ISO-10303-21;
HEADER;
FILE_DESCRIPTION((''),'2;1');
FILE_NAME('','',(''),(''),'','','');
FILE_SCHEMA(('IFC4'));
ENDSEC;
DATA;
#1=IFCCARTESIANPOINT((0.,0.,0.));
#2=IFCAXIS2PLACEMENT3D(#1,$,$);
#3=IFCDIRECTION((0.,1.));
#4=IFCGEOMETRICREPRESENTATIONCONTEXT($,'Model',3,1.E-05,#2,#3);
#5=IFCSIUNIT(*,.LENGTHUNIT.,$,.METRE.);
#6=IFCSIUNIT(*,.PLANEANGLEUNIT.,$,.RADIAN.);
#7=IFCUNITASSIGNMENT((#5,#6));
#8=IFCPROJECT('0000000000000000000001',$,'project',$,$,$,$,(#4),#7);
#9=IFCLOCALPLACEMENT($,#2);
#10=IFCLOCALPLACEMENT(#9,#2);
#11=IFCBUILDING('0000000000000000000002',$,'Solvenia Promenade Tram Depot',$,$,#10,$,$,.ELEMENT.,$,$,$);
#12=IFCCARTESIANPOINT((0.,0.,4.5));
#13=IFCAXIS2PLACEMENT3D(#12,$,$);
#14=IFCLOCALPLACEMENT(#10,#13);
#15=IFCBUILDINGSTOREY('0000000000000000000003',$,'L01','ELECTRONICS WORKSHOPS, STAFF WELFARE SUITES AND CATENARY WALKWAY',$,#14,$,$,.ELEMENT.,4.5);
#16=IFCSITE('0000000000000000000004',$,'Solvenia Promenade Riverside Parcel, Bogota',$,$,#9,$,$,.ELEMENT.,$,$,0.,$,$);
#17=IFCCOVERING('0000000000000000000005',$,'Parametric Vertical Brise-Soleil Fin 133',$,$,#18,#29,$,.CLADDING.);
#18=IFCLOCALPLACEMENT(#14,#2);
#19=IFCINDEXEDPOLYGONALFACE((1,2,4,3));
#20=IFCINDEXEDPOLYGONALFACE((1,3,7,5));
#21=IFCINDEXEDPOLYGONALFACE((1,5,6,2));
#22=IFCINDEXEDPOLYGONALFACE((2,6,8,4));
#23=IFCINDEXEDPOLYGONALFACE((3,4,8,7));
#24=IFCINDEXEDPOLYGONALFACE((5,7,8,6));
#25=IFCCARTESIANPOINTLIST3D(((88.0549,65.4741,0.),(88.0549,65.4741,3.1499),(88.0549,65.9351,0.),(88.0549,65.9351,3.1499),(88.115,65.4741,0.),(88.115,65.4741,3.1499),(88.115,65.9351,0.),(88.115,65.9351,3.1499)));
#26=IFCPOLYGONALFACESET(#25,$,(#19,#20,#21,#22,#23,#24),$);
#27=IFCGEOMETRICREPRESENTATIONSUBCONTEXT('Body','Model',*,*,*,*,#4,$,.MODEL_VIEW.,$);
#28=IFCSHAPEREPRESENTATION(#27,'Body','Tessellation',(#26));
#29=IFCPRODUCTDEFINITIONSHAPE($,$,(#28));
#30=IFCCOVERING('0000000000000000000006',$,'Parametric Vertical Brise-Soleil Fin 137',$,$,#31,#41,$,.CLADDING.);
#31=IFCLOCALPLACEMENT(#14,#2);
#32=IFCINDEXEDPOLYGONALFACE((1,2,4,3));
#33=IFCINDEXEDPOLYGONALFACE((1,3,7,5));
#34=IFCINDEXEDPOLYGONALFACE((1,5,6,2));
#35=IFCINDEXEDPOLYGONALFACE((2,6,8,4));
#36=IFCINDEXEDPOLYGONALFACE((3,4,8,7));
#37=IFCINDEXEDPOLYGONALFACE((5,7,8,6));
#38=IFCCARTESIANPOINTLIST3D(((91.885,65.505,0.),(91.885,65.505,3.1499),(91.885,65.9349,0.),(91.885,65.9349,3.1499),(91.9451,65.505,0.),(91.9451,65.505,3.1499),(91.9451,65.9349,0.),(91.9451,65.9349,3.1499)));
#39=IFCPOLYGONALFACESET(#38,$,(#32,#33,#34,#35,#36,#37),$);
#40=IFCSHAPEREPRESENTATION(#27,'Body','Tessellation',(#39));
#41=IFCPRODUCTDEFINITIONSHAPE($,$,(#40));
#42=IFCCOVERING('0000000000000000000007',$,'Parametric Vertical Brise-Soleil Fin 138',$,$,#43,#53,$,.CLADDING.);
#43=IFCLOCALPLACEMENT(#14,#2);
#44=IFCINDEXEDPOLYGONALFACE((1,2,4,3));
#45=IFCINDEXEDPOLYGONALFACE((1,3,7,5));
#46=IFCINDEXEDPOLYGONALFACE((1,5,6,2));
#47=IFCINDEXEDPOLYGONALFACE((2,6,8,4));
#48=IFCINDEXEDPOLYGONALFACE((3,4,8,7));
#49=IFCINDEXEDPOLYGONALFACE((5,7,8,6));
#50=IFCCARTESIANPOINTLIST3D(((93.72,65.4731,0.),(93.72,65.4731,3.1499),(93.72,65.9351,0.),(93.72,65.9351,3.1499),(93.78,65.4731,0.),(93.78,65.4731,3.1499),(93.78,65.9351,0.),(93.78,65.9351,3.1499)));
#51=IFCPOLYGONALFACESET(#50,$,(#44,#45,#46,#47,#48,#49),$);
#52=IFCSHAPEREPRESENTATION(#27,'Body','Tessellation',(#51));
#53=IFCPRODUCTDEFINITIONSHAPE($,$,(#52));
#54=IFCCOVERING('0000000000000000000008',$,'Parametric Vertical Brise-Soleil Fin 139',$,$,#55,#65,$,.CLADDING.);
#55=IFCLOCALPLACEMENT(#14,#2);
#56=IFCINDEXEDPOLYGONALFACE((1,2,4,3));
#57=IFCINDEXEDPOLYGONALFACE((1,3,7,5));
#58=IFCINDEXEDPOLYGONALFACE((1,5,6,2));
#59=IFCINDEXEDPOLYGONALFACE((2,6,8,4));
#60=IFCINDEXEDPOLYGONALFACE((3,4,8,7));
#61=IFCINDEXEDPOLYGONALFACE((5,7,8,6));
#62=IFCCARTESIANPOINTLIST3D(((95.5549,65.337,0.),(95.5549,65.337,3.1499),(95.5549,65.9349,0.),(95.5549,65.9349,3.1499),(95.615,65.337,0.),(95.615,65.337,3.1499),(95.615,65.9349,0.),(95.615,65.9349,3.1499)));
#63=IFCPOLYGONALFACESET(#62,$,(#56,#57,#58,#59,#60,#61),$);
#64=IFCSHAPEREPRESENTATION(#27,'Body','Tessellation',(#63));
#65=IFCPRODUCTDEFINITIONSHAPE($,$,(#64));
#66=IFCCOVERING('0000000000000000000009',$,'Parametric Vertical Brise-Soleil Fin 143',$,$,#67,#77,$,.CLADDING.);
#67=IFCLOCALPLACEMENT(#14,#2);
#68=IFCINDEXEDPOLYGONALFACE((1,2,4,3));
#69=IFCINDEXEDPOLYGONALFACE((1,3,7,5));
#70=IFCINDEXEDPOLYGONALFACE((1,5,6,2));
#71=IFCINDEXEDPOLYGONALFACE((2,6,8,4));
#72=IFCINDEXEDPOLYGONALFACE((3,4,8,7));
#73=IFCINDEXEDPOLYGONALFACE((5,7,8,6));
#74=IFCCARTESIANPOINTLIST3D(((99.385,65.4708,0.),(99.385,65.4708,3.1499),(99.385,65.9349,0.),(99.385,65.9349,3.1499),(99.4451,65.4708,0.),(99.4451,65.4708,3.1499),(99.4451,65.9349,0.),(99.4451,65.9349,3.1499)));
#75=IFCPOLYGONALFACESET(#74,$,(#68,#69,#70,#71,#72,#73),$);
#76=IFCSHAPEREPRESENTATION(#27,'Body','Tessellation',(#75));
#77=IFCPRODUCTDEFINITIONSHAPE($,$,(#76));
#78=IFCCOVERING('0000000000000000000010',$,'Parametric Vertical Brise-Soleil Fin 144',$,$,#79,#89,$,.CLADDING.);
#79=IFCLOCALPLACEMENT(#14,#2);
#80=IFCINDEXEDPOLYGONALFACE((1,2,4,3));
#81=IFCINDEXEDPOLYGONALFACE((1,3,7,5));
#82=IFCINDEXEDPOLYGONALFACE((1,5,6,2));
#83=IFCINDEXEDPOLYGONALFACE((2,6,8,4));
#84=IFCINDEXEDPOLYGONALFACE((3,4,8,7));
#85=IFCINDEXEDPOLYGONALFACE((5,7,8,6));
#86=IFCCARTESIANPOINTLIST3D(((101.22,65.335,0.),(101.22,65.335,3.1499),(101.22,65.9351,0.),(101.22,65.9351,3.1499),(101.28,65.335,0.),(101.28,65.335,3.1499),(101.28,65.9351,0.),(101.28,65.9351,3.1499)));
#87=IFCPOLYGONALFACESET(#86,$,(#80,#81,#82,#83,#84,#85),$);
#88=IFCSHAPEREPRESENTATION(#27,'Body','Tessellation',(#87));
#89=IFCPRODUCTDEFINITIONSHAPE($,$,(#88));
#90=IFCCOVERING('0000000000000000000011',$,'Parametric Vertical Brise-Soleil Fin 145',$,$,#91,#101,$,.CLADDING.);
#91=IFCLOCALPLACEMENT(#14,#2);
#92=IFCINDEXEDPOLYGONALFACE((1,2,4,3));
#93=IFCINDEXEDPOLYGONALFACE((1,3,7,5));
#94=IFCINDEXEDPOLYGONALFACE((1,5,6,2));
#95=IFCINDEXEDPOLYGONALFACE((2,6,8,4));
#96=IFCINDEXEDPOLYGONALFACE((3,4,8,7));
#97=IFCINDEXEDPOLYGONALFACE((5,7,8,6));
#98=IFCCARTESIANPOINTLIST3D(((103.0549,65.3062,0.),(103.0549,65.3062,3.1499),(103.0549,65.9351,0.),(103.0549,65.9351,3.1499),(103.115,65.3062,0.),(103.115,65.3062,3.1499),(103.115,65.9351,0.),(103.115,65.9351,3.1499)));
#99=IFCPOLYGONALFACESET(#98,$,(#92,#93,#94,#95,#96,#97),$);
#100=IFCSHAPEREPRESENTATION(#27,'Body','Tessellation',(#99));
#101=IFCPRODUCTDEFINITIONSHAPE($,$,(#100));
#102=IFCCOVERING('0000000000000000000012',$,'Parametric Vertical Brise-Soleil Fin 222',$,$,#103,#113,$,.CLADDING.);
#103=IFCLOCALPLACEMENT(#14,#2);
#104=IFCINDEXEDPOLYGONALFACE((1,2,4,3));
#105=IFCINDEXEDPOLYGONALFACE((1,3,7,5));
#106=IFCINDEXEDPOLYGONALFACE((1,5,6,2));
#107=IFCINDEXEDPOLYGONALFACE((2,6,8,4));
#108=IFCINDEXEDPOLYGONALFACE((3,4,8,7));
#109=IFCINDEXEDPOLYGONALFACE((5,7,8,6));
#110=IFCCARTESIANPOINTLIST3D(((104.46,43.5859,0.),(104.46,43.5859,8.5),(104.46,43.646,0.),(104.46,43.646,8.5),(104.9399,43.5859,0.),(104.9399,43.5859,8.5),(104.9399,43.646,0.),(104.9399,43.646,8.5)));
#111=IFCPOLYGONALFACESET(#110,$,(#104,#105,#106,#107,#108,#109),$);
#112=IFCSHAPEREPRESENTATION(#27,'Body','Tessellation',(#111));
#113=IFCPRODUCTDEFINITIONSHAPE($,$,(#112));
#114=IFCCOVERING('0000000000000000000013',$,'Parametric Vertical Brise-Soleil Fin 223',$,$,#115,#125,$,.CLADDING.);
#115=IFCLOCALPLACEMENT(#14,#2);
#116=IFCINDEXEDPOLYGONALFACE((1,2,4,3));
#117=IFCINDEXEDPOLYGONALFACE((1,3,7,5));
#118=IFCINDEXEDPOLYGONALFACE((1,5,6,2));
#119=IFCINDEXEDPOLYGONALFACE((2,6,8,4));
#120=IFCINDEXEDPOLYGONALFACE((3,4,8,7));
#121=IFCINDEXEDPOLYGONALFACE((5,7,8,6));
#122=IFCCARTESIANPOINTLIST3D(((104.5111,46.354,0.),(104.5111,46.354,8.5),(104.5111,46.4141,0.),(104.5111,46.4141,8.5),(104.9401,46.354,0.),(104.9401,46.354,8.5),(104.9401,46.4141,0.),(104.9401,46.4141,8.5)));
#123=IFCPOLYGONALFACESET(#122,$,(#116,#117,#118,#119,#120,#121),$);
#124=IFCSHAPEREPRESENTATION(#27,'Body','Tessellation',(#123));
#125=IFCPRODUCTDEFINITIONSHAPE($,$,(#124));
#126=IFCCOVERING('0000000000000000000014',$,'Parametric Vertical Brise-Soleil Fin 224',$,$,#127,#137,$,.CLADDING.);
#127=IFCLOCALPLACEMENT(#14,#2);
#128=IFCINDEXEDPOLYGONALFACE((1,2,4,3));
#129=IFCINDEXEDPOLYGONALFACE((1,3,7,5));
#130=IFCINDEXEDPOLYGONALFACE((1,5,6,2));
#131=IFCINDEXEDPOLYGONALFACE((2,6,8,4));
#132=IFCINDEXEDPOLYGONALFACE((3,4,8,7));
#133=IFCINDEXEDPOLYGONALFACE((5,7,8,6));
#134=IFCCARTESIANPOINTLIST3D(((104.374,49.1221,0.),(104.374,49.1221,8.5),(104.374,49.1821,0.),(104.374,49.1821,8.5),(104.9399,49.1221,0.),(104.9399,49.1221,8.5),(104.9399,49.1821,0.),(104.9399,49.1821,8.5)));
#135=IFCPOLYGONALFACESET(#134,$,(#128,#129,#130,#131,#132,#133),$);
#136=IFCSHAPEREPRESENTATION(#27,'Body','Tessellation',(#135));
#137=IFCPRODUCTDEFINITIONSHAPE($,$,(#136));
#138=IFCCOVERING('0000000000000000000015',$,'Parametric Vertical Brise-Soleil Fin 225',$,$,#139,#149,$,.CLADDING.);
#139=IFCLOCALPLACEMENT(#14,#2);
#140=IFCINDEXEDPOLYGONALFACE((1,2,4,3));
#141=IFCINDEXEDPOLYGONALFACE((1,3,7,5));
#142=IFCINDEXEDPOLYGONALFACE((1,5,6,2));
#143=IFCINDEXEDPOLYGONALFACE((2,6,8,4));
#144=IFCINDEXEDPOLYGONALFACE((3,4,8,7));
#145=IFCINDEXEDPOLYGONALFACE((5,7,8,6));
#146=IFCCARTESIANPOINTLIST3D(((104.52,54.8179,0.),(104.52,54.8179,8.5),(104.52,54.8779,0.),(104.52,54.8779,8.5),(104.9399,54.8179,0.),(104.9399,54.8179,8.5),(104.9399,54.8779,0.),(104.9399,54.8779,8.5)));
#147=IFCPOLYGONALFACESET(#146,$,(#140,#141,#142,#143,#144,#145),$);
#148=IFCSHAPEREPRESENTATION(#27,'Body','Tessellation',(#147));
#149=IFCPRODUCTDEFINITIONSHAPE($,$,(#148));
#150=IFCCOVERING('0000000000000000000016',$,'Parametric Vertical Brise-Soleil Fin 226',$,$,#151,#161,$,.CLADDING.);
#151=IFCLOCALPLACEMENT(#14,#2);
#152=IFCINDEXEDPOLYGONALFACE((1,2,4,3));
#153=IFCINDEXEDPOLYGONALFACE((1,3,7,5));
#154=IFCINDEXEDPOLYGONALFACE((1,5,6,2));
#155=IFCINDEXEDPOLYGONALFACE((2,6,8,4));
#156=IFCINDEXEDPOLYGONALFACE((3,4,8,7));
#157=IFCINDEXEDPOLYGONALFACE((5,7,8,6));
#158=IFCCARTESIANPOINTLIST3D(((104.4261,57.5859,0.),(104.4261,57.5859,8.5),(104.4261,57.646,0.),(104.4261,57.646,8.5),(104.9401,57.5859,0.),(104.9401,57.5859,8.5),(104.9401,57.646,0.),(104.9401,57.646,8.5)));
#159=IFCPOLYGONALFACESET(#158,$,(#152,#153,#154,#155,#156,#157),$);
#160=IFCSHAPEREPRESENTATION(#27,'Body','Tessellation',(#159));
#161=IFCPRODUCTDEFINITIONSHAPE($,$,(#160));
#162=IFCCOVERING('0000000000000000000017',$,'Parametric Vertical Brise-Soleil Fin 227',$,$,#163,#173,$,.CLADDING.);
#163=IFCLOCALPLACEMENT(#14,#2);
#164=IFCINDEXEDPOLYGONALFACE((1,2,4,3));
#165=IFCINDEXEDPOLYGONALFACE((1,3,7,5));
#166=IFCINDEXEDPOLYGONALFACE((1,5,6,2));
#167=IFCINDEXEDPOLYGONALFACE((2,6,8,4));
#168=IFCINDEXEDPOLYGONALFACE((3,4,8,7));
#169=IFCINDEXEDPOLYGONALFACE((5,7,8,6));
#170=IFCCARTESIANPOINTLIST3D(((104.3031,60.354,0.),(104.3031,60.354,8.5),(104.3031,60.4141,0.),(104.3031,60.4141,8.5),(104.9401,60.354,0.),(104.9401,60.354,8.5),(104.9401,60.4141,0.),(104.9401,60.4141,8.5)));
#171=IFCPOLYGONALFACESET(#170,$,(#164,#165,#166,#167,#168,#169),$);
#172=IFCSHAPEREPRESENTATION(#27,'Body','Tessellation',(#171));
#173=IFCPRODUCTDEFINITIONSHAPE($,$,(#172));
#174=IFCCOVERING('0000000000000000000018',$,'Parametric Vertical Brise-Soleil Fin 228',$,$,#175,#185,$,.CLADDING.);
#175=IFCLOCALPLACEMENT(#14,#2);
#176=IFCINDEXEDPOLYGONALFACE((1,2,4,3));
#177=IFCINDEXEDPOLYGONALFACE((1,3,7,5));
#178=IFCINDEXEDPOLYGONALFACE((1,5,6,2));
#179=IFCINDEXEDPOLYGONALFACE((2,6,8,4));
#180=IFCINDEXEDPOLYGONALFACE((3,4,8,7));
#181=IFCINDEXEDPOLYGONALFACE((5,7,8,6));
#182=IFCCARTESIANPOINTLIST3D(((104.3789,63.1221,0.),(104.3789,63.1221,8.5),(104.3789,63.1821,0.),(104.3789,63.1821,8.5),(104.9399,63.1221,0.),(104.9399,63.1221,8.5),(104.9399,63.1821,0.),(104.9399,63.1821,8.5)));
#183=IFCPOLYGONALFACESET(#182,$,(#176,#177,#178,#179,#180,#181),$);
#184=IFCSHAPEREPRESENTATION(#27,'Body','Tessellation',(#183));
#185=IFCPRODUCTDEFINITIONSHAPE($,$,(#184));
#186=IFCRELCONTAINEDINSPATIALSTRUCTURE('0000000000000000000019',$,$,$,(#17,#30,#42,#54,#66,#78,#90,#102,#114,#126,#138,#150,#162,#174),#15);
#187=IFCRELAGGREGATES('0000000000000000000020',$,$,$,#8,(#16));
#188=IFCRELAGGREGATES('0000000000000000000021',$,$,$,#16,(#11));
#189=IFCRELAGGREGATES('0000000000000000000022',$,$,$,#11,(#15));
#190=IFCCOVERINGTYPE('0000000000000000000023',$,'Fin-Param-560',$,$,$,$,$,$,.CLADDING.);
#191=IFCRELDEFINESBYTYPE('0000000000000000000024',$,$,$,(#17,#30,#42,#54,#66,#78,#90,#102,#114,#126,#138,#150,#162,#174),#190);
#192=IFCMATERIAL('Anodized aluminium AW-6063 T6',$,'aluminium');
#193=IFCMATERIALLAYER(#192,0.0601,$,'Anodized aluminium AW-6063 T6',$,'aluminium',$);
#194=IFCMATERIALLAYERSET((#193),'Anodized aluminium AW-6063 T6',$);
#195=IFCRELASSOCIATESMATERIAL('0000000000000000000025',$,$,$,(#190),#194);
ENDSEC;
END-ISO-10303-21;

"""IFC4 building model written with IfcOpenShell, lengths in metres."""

from ifc_helpers import new_model, si_unit, direction, frame, origin, origin_2d, place, context, subcontext, project, spatial, rectangle, extrude, material, layer, layer_set, type_object, element, save


model = new_model("IFC4")

# Units and contexts
model_context = context("Model", 3, precision=1e-05, world=origin(), true_north=direction((0.0, 1.0)))
body_context = subcontext(model_context, "Body", "Model", "MODEL_VIEW")
ifc_project = project(units=[si_unit("LENGTHUNIT", "METRE"), si_unit("PLANEANGLEUNIT", "RADIAN")], contexts=[model_context])

# Site, building, storey
site_placement = place(None, origin())
site = spatial("IfcSite", under=ifc_project, at=site_placement, Name="Solvenia Promenade Riverside Parcel, Bogota", CompositionType="ELEMENT", RefElevation=0.0)
building_placement = place(site_placement, origin())
building = spatial("IfcBuilding", under=site, at=building_placement, Name="Solvenia Promenade Tram Depot", CompositionType="ELEMENT")
storey_placement = place(building_placement, frame((0.0, 0.0, 4.5)))
storey = spatial("IfcBuildingStorey", under=building, at=storey_placement, Name="L01", Description="ELECTRONICS WORKSHOPS, STAFF WELFARE SUITES AND CATENARY WALKWAY", CompositionType="ELEMENT", Elevation=4.5)

# Shared definitions
ifc_material_1 = material(Name="Anodized aluminium AW-6063 T6", Category="aluminium")

# Coverings
ifc_layer_1 = layer(ifc_material_1, 0.0601, Name="Anodized aluminium AW-6063 T6", Category="aluminium")
ifc_layer_set_1 = layer_set([ifc_layer_1], Name="Anodized aluminium AW-6063 T6")
covering_type = type_object("IfcCoveringType", Name="Fin-Param-560", PredefinedType="CLADDING", material=ifc_layer_set_1)
covering_1_placement = place(storey_placement, frame((88.085, 65.7046, 0.0), z_axis=(0.0, 0.0, 1.0), x_axis=(1.0, 0.0, 0.0)))
element("IfcCovering", 1, at=covering_1_placement, inside=storey, type_object=covering_type, Name="Parametric Vertical Brise-Soleil Fin 133", PredefinedType="CLADDING", context=body_context, shape_type="SweptSolid", body=[
    extrude(rectangle(XDim=0.0601, YDim=0.4609, at=origin_2d()), origin(), (0.0, 0.0, 1.0), 3.1499),
])
covering_2_placement = place(storey_placement, frame((91.915, 65.72, 0.0), z_axis=(0.0, 0.0, 1.0), x_axis=(1.0, 0.0, 0.0)))
element("IfcCovering", 2, at=covering_2_placement, inside=storey, type_object=covering_type, Name="Parametric Vertical Brise-Soleil Fin 137", PredefinedType="CLADDING", context=body_context, shape_type="SweptSolid", body=[
    extrude(rectangle(XDim=0.0601, YDim=0.4299, at=origin_2d()), origin(), (0.0, 0.0, 1.0), 3.1499),
])
covering_3_placement = place(storey_placement, frame((93.75, 65.7041, 0.0), z_axis=(0.0, 0.0, 1.0), x_axis=(1.0, 0.0, 0.0)))
element("IfcCovering", 3, at=covering_3_placement, inside=storey, type_object=covering_type, Name="Parametric Vertical Brise-Soleil Fin 138", PredefinedType="CLADDING", context=body_context, shape_type="SweptSolid", body=[
    extrude(rectangle(XDim=0.0601, YDim=0.4619, at=origin_2d()), origin(), (0.0, 0.0, 1.0), 3.1499),
])
covering_4_placement = place(storey_placement, frame((95.585, 65.636, 0.0), z_axis=(0.0, 0.0, 1.0), x_axis=(1.0, 0.0, 0.0)))
element("IfcCovering", 4, at=covering_4_placement, inside=storey, type_object=covering_type, Name="Parametric Vertical Brise-Soleil Fin 139", PredefinedType="CLADDING", context=body_context, shape_type="SweptSolid", body=[
    extrude(rectangle(XDim=0.0601, YDim=0.5979, at=origin_2d()), origin(), (0.0, 0.0, 1.0), 3.1499),
])
covering_5_placement = place(storey_placement, frame((99.415, 65.7029, 0.0), z_axis=(0.0, 0.0, 1.0), x_axis=(1.0, 0.0, 0.0)))
element("IfcCovering", 5, at=covering_5_placement, inside=storey, type_object=covering_type, Name="Parametric Vertical Brise-Soleil Fin 143", PredefinedType="CLADDING", context=body_context, shape_type="SweptSolid", body=[
    extrude(rectangle(XDim=0.0601, YDim=0.4641, at=origin_2d()), origin(), (0.0, 0.0, 1.0), 3.1499),
])
covering_6_placement = place(storey_placement, frame((101.25, 65.635, 0.0), z_axis=(0.0, 0.0, 1.0), x_axis=(1.0, 0.0, 0.0)))
element("IfcCovering", 6, at=covering_6_placement, inside=storey, type_object=covering_type, Name="Parametric Vertical Brise-Soleil Fin 144", PredefinedType="CLADDING", context=body_context, shape_type="SweptSolid", body=[
    extrude(rectangle(XDim=0.0601, YDim=0.6001, at=origin_2d()), origin(), (0.0, 0.0, 1.0), 3.1499),
])
covering_7_placement = place(storey_placement, frame((103.085, 65.6206, 0.0), z_axis=(0.0, 0.0, 1.0), x_axis=(1.0, 0.0, 0.0)))
element("IfcCovering", 7, at=covering_7_placement, inside=storey, type_object=covering_type, Name="Parametric Vertical Brise-Soleil Fin 145", PredefinedType="CLADDING", context=body_context, shape_type="SweptSolid", body=[
    extrude(rectangle(XDim=0.0601, YDim=0.6289, at=origin_2d()), origin(), (0.0, 0.0, 1.0), 3.1499),
])
covering_8_placement = place(storey_placement, frame((104.7, 43.616, 0.0), z_axis=(0.0, 0.0, 1.0), x_axis=(0.0, 1.0, 0.0)))
element("IfcCovering", 8, at=covering_8_placement, inside=storey, type_object=covering_type, Name="Parametric Vertical Brise-Soleil Fin 222", PredefinedType="CLADDING", context=body_context, shape_type="SweptSolid", body=[
    extrude(rectangle(XDim=0.0601, YDim=0.48, at=origin_2d()), origin(), (0.0, 0.0, 1.0), 8.5),
])
covering_9_placement = place(storey_placement, frame((104.7256, 46.384, 0.0), z_axis=(0.0, 0.0, 1.0), x_axis=(0.0, 1.0, 0.0)))
element("IfcCovering", 9, at=covering_9_placement, inside=storey, type_object=covering_type, Name="Parametric Vertical Brise-Soleil Fin 223", PredefinedType="CLADDING", context=body_context, shape_type="SweptSolid", body=[
    extrude(rectangle(XDim=0.0601, YDim=0.429, at=origin_2d()), origin(), (0.0, 0.0, 1.0), 8.5),
])
covering_10_placement = place(storey_placement, frame((104.657, 49.1521, 0.0), z_axis=(0.0, 0.0, 1.0), x_axis=(0.0, 1.0, 0.0)))
element("IfcCovering", 10, at=covering_10_placement, inside=storey, type_object=covering_type, Name="Parametric Vertical Brise-Soleil Fin 224", PredefinedType="CLADDING", context=body_context, shape_type="SweptSolid", body=[
    extrude(rectangle(XDim=0.0601, YDim=0.5659, at=origin_2d()), origin(), (0.0, 0.0, 1.0), 8.5),
])
covering_11_placement = place(storey_placement, frame((104.73, 54.8479, 0.0), z_axis=(0.0, 0.0, 1.0), x_axis=(0.0, 1.0, 0.0)))
element("IfcCovering", 11, at=covering_11_placement, inside=storey, type_object=covering_type, Name="Parametric Vertical Brise-Soleil Fin 225", PredefinedType="CLADDING", context=body_context, shape_type="SweptSolid", body=[
    extrude(rectangle(XDim=0.0601, YDim=0.4199, at=origin_2d()), origin(), (0.0, 0.0, 1.0), 8.5),
])
covering_12_placement = place(storey_placement, frame((104.6831, 57.616, 0.0), z_axis=(0.0, 0.0, 1.0), x_axis=(0.0, 1.0, 0.0)))
element("IfcCovering", 12, at=covering_12_placement, inside=storey, type_object=covering_type, Name="Parametric Vertical Brise-Soleil Fin 226", PredefinedType="CLADDING", context=body_context, shape_type="SweptSolid", body=[
    extrude(rectangle(XDim=0.0601, YDim=0.5139, at=origin_2d()), origin(), (0.0, 0.0, 1.0), 8.5),
])
covering_13_placement = place(storey_placement, frame((104.6216, 60.384, 0.0), z_axis=(0.0, 0.0, 1.0), x_axis=(0.0, 1.0, 0.0)))
element("IfcCovering", 13, at=covering_13_placement, inside=storey, type_object=covering_type, Name="Parametric Vertical Brise-Soleil Fin 227", PredefinedType="CLADDING", context=body_context, shape_type="SweptSolid", body=[
    extrude(rectangle(XDim=0.0601, YDim=0.637, at=origin_2d()), origin(), (0.0, 0.0, 1.0), 8.5),
])
covering_14_placement = place(storey_placement, frame((104.6594, 63.1521, 0.0), z_axis=(0.0, 0.0, 1.0), x_axis=(0.0, 1.0, 0.0)))
element("IfcCovering", 14, at=covering_14_placement, inside=storey, type_object=covering_type, Name="Parametric Vertical Brise-Soleil Fin 228", PredefinedType="CLADDING", context=body_context, shape_type="SweptSolid", body=[
    extrude(rectangle(XDim=0.0601, YDim=0.561, at=origin_2d()), origin(), (0.0, 0.0, 1.0), 8.5),
])

save(model, "model.ifc")
